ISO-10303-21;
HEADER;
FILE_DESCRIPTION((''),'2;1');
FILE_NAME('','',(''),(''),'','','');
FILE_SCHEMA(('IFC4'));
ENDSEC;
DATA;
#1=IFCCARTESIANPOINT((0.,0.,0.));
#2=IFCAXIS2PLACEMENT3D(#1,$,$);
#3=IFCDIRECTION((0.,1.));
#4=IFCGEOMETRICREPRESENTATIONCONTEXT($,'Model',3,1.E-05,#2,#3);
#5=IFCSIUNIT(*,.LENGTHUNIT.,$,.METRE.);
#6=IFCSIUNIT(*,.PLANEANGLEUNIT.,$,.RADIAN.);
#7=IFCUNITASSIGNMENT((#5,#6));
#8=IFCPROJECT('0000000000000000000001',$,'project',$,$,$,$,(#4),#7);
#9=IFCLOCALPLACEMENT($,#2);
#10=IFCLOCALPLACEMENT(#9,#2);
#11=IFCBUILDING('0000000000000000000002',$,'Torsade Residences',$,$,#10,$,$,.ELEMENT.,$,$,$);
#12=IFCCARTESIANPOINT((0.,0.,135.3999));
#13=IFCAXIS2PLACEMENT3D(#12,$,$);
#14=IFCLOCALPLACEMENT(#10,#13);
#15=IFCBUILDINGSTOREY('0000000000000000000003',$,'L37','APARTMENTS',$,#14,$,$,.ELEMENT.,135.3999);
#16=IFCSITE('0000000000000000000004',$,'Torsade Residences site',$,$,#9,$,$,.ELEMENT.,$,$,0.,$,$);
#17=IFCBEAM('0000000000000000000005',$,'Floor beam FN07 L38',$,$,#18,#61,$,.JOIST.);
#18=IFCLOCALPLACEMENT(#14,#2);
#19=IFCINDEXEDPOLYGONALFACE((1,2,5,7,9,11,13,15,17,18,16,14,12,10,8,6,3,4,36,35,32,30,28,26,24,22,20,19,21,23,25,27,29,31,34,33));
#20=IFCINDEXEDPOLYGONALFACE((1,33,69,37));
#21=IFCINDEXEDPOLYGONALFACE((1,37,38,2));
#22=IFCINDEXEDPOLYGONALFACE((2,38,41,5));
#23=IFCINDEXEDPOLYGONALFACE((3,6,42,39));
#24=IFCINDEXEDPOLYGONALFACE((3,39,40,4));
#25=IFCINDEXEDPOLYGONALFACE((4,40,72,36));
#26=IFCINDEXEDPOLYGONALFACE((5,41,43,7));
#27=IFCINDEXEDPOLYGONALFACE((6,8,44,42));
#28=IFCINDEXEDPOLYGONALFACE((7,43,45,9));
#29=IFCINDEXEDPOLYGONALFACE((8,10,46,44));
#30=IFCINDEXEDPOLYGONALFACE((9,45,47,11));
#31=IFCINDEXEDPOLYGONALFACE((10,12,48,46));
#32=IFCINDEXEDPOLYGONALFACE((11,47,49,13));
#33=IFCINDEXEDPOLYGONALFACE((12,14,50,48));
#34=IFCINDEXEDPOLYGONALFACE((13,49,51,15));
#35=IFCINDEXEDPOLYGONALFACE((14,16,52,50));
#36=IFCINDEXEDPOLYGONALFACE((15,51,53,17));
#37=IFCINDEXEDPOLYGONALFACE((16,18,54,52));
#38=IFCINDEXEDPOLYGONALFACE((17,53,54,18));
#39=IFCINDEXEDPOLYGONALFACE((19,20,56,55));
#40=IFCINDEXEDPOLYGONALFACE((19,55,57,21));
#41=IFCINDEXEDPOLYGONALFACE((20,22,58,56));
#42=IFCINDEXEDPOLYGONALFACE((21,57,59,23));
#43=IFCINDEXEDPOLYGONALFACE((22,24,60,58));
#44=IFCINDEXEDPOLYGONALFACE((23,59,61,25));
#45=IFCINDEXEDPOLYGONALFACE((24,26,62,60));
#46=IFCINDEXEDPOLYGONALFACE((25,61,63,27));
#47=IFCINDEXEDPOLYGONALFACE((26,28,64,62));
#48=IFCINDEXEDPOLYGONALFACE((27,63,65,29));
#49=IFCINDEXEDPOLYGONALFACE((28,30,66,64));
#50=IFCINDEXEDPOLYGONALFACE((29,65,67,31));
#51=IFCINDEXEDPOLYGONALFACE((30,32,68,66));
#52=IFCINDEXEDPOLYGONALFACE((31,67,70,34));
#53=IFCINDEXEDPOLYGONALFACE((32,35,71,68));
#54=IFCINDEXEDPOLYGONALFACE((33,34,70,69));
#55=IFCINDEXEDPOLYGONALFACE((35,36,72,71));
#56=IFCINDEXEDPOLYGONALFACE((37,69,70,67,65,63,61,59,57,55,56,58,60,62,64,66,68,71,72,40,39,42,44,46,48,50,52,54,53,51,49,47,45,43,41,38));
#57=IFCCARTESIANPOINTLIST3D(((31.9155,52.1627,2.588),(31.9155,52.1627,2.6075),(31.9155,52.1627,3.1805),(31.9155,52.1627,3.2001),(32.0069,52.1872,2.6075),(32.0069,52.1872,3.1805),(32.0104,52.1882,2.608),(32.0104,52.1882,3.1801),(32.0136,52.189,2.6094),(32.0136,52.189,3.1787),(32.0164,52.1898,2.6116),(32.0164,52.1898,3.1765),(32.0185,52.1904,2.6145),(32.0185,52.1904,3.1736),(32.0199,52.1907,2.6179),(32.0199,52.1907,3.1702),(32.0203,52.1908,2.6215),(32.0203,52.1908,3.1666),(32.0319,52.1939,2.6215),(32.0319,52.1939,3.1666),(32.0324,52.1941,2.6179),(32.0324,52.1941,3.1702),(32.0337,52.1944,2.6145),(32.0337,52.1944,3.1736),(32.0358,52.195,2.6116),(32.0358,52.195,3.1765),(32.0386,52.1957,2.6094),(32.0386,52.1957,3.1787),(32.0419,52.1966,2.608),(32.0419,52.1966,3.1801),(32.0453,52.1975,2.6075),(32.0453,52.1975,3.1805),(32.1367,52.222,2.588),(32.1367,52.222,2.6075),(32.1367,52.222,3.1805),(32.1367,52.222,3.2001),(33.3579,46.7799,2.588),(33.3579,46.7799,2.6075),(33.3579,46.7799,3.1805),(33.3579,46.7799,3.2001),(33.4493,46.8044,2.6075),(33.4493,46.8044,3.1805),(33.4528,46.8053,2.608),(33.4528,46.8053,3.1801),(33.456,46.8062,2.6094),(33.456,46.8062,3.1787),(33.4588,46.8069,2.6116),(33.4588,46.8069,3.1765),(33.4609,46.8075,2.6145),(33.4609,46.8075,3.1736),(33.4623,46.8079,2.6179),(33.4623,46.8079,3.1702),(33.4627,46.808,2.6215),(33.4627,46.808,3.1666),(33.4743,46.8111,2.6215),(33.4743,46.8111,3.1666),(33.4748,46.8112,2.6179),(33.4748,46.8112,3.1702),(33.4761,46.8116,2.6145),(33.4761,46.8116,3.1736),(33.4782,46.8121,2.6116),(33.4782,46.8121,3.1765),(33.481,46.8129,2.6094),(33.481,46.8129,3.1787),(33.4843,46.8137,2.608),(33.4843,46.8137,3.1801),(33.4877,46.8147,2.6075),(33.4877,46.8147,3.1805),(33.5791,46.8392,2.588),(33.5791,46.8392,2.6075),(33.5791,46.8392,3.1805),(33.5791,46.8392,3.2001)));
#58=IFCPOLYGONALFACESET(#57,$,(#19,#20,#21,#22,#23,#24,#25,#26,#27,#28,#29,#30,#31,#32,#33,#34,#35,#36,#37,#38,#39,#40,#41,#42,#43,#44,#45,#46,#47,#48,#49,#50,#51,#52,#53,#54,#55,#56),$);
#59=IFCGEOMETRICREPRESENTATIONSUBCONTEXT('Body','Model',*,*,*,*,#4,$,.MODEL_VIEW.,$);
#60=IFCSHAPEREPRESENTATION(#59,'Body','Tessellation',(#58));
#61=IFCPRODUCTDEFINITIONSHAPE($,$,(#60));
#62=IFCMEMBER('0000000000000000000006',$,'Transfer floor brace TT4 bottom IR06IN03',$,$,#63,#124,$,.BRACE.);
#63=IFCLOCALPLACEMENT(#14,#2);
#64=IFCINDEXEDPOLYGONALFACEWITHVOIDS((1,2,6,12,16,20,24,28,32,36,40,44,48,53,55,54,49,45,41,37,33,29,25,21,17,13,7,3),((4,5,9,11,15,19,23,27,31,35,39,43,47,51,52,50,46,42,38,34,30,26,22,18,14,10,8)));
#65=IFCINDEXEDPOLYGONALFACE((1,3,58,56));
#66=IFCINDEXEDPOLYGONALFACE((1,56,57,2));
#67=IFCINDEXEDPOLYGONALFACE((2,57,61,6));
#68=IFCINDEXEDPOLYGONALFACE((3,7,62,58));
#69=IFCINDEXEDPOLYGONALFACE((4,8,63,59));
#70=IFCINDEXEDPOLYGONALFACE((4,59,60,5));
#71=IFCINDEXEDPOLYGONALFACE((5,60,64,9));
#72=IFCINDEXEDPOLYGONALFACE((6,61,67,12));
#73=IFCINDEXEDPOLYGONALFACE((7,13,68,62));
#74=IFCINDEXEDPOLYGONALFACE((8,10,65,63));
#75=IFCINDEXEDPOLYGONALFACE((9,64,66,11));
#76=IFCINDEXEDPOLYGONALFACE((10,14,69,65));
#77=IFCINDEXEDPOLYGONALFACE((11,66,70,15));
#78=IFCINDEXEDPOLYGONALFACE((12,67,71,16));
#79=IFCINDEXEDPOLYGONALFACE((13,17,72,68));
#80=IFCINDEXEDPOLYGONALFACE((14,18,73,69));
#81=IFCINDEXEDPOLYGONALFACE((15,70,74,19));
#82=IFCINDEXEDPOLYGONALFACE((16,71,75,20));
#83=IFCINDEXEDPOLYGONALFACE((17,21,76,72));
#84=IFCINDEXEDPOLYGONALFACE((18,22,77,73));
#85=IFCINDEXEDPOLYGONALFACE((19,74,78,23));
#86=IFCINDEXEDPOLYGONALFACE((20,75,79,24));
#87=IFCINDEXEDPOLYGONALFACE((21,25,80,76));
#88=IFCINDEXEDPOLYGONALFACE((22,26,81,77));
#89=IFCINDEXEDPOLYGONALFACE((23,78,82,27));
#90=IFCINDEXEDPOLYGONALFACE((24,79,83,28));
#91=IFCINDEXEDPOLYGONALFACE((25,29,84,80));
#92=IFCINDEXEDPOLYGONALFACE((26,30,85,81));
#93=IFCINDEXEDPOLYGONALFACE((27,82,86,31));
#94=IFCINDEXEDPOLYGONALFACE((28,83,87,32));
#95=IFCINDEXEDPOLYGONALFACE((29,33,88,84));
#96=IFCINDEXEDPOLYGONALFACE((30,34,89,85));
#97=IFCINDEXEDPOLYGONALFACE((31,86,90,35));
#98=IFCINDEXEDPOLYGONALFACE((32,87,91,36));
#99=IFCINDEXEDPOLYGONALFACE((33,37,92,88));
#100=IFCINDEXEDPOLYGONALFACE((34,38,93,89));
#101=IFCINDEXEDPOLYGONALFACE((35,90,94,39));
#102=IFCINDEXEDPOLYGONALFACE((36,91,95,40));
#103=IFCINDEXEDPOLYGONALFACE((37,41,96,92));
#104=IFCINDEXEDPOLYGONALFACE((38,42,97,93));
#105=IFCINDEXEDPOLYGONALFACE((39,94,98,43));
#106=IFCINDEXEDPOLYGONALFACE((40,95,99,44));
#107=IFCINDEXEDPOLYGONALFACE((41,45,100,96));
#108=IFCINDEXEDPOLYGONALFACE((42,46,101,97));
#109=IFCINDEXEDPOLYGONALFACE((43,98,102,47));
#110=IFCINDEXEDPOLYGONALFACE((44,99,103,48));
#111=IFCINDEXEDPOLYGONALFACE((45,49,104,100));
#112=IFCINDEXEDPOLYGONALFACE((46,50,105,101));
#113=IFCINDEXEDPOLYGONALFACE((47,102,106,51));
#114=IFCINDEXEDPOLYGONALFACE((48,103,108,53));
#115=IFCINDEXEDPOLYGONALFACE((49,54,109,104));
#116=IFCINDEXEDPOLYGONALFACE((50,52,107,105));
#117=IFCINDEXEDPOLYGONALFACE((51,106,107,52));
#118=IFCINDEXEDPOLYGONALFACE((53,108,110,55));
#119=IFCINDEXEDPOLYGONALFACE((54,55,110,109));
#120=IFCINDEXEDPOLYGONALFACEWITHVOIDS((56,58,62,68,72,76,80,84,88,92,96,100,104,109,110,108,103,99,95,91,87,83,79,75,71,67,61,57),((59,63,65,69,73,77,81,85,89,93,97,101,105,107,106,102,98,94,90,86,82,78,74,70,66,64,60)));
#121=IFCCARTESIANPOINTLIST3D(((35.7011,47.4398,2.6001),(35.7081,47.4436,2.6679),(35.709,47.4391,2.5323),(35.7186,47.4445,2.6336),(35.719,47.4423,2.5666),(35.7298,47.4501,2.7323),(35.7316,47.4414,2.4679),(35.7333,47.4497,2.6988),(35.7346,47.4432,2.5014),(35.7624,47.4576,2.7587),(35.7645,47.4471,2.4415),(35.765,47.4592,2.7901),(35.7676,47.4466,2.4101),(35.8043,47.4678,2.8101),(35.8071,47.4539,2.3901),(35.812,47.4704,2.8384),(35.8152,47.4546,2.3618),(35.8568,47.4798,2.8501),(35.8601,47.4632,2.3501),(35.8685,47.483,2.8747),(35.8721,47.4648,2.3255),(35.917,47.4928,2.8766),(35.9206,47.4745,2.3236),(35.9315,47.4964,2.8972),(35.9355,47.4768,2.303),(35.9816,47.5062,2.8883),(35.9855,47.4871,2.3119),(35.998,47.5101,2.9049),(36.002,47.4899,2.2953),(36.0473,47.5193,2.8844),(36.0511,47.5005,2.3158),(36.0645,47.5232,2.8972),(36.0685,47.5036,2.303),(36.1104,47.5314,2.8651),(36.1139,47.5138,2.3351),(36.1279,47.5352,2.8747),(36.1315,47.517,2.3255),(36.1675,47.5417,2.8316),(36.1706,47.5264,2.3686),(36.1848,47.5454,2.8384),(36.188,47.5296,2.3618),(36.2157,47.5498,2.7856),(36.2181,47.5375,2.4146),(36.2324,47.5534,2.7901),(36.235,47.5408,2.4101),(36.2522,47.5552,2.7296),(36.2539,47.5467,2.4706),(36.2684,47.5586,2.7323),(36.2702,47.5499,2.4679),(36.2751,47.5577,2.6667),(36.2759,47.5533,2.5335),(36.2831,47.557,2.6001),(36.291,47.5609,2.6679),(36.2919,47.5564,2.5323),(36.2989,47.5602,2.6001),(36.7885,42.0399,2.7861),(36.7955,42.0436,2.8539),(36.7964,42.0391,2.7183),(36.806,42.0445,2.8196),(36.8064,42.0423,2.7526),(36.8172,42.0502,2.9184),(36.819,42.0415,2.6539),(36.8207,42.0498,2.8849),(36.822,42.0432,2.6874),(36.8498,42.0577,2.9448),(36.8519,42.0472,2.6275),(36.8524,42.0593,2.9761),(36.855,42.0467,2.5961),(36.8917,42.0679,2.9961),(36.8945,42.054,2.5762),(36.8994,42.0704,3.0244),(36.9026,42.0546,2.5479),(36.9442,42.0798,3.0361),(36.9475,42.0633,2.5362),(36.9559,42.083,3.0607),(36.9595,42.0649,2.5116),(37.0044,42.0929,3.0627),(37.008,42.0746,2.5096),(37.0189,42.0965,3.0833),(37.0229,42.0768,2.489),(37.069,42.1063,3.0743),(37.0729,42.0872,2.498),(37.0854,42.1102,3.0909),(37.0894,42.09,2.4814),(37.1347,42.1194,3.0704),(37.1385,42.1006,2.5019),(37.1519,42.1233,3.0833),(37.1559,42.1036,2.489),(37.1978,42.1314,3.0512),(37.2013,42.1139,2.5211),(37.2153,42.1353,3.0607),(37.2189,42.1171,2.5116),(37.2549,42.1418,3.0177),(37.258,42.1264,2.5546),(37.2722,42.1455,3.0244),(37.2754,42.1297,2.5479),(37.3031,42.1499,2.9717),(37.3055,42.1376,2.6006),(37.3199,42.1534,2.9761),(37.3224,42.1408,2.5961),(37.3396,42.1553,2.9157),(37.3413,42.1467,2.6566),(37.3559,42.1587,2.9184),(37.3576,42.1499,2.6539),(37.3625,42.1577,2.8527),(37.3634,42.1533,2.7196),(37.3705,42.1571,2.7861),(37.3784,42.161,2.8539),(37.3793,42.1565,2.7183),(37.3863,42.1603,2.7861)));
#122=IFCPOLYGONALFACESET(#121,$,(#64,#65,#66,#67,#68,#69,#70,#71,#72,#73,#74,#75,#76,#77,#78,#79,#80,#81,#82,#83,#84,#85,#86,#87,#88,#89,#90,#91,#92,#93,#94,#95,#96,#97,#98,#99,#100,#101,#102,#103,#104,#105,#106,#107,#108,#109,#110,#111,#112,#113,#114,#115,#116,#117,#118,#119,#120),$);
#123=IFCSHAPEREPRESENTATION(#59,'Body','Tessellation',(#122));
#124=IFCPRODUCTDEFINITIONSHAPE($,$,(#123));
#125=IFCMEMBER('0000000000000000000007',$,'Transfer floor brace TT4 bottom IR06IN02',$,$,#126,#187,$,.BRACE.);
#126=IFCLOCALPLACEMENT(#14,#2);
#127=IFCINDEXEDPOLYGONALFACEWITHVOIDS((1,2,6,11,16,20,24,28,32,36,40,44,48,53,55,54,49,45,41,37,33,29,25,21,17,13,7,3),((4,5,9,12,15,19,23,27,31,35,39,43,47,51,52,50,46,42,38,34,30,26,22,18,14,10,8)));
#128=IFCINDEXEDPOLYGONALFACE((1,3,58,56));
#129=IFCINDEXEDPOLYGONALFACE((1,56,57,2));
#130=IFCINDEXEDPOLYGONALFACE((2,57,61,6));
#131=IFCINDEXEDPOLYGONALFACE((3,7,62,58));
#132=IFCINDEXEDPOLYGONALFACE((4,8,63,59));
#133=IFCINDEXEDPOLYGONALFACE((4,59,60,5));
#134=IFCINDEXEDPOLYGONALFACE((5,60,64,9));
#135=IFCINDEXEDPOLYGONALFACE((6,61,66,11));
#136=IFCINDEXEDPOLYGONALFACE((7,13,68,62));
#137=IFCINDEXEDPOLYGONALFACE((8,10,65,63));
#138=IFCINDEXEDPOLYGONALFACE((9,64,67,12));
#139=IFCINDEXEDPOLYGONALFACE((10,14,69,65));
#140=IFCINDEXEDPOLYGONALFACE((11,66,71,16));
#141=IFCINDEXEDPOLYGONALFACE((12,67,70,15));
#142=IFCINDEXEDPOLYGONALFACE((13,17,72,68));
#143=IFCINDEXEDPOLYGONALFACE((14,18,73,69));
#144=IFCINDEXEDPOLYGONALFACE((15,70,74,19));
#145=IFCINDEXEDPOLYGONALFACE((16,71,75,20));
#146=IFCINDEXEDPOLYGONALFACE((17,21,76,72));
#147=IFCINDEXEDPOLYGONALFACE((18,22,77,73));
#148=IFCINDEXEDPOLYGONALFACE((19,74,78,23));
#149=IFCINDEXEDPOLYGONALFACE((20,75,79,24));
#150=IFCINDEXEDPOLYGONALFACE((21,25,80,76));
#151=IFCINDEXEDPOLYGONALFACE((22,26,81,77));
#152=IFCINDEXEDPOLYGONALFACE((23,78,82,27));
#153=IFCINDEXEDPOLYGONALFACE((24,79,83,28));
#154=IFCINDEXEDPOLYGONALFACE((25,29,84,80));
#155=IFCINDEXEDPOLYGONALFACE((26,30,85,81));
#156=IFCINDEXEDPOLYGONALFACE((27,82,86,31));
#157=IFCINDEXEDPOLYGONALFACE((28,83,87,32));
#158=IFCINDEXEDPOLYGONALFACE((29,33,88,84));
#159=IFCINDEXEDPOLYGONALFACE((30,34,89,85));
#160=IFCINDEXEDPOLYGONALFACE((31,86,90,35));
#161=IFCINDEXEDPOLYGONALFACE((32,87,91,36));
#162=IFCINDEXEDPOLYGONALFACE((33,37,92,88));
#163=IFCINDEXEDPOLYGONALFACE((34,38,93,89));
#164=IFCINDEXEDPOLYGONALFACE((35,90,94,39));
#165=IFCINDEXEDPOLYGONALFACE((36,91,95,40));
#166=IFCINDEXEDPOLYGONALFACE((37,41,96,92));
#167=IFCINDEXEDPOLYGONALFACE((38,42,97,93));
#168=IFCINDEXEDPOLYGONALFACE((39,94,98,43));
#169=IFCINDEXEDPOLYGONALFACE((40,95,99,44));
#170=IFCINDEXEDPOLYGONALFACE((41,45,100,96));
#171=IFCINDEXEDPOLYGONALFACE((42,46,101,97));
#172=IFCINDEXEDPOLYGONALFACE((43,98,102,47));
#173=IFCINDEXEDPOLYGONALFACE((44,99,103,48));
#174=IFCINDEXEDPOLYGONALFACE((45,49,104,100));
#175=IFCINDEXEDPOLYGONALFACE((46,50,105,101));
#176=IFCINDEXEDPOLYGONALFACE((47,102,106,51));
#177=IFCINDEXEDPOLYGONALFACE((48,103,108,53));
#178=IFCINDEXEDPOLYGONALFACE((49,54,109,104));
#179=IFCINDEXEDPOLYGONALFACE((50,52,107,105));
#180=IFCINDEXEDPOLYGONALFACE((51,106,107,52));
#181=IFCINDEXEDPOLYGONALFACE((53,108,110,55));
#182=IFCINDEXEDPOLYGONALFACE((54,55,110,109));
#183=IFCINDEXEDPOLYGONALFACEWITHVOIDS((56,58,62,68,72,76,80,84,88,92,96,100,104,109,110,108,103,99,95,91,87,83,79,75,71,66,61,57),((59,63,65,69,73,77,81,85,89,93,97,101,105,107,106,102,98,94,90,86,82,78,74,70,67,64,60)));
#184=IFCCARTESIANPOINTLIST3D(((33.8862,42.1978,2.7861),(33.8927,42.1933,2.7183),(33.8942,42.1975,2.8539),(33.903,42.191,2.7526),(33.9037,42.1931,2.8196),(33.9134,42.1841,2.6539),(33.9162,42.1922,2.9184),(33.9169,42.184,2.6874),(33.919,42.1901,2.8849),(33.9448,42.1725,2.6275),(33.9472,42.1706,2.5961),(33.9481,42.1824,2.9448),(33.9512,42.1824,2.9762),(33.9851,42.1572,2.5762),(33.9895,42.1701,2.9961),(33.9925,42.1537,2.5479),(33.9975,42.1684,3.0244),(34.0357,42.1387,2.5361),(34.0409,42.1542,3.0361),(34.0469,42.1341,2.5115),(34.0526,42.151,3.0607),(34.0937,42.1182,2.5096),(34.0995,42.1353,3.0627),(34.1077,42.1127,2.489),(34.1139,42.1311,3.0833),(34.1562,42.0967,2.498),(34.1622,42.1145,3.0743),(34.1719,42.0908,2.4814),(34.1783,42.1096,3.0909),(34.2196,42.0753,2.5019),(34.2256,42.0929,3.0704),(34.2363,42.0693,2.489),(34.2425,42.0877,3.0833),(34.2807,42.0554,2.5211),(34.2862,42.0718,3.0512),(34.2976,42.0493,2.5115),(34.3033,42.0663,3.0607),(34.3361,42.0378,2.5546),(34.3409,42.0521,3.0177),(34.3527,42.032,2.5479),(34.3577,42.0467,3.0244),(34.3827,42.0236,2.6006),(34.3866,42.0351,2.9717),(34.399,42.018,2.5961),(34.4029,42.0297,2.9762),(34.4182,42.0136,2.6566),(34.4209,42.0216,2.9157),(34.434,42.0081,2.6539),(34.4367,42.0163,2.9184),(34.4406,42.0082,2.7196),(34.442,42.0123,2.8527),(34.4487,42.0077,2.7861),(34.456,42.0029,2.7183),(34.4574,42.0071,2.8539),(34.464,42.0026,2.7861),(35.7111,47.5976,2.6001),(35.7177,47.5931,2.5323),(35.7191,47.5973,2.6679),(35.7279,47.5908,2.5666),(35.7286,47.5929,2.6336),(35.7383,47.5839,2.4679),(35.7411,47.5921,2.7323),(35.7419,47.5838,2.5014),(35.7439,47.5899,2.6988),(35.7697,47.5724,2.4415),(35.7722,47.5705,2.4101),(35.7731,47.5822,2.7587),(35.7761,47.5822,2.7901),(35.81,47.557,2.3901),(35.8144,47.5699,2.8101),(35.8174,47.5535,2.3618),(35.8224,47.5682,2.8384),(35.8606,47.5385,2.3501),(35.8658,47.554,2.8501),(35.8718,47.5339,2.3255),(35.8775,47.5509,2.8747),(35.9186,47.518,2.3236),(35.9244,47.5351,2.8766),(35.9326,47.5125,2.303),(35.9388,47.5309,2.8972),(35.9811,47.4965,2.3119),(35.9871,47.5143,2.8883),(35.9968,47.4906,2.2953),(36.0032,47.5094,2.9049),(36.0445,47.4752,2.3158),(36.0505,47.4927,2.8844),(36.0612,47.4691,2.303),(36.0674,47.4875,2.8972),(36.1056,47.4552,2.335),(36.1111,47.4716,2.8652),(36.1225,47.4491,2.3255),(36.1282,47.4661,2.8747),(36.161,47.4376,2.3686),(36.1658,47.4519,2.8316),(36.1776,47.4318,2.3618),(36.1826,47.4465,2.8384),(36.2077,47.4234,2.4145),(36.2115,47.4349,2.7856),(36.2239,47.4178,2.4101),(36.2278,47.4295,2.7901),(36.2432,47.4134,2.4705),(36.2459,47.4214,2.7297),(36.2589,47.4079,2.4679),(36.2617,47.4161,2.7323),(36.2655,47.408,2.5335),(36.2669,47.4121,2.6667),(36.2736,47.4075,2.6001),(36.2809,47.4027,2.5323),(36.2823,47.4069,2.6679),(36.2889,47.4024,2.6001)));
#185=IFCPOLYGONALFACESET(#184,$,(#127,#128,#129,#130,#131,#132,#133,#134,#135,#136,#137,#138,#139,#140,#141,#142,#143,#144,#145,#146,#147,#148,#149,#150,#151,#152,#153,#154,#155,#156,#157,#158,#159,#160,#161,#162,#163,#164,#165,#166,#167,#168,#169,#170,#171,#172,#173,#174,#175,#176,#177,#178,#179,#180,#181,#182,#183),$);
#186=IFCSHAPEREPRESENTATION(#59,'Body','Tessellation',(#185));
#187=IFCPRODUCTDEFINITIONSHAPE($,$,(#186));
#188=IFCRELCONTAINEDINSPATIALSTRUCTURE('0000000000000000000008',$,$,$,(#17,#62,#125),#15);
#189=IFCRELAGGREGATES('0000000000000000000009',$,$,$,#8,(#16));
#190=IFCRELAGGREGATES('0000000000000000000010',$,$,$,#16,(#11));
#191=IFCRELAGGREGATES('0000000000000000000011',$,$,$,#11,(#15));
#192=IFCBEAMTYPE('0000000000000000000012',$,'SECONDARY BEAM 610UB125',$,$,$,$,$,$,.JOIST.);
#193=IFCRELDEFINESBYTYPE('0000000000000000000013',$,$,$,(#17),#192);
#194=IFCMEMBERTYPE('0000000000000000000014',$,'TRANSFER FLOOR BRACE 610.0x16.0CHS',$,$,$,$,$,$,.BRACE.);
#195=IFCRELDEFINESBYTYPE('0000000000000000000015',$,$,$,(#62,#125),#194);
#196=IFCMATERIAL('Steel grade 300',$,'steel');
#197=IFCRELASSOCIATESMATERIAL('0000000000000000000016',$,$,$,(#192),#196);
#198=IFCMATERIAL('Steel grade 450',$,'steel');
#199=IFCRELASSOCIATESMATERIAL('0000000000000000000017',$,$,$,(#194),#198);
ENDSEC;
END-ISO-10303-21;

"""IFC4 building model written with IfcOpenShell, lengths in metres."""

from ifc_helpers import new_model, si_unit, direction, frame, origin, origin_2d, place, context, subcontext, project, spatial, hollow_circle, i_section, extrude, material, material_profile, profile_set, type_object, element, save


model = new_model("IFC4")

# Units and contexts
model_context = context("Model", 3, precision=1e-05, world=origin(), true_north=direction((0.0, 1.0)))
body_context = subcontext(model_context, "Body", "Model", "MODEL_VIEW")
ifc_project = project(units=[si_unit("LENGTHUNIT", "METRE"), si_unit("PLANEANGLEUNIT", "RADIAN")], contexts=[model_context])

# Site, building, storey
site_placement = place(None, origin())
site = spatial("IfcSite", under=ifc_project, at=site_placement, Name="Torsade Residences site", CompositionType="ELEMENT", RefElevation=0.0)
building_placement = place(site_placement, origin())
building = spatial("IfcBuilding", under=site, at=building_placement, Name="Torsade Residences", CompositionType="ELEMENT")
storey_placement = place(building_placement, frame((0.0, 0.0, 135.3999)))
storey = spatial("IfcBuildingStorey", under=building, at=storey_placement, Name="L37", Description="APARTMENTS", CompositionType="ELEMENT", Elevation=135.3999)

# Beam
ifc_material_1 = material(Name="Steel grade 300", Category="steel")
ifc_material_profile_1 = material_profile(ifc_material_1, i_section(OverallWidth=0.229, OverallDepth=0.6121, WebThickness=0.012, FlangeThickness=0.0195, FilletRadius=0.0139, at=origin_2d()), Name="610UB125")
ifc_profile_set_1 = profile_set([ifc_material_profile_1], Name="Steel grade 300")
beam_type_1 = type_object("IfcBeamType", Name="SECONDARY BEAM 610UB125", PredefinedType="JOIST", material=ifc_profile_set_1)
beam_1_placement = place(storey_placement, frame((32.0261, 52.1924, 2.894), z_axis=(0.25883, -0.965923, 0.0), x_axis=(0.965923, 0.25883, 0.0)))
element("IfcBeam", 1, at=beam_1_placement, inside=storey, type_object=beam_type_1, Name="Floor beam FN07 L38", PredefinedType="JOIST", context=body_context, shape_type="SweptSolid", body=[
    extrude(i_section(OverallWidth=0.229, OverallDepth=0.6121, WebThickness=0.012, FlangeThickness=0.0195, FilletRadius=0.0139, at=origin_2d()), origin(), (0.0, 0.0, 1.0), 5.5728),
])

# Members
ifc_material_2 = material(Name="Steel grade 450", Category="steel")
ifc_material_profile_2 = material_profile(ifc_material_2, hollow_circle(Radius=0.3049, WallThickness=0.0161, at=origin_2d()), Name="610.0x16.0CHS")
ifc_profile_set_2 = profile_set([ifc_material_profile_2], Name="Steel grade 450")
member_type_1 = type_object("IfcMemberType", Name="TRANSFER FLOOR BRACE 610.0x16.0CHS", PredefinedType="BRACE", material=ifc_profile_set_2)
member_1_placement = place(storey_placement, frame((36.0, 47.5, 2.6001), z_axis=(0.197299, -0.979762, 0.033754), x_axis=(0.980321, 0.197412, 0.0)))
element("IfcMember", 2, at=member_1_placement, inside=storey, type_object=member_type_1, Name="Transfer floor brace TT4 bottom IR06IN03", PredefinedType="BRACE", context=body_context, shape_type="SweptSolid", body=[
    extrude(hollow_circle(Radius=0.3049, WallThickness=0.0161, at=origin_2d()), origin(), (0.0, 0.0, 1.0), 5.5115),
])
member_2_placement = place(storey_placement, frame((36.0, 47.5, 2.6001), z_axis=(-0.319999, -0.946856, 0.032621), x_axis=(0.94736, -0.32017, 0.0)))
element("IfcMember", 3, at=member_2_placement, inside=storey, type_object=member_type_1, Name="Transfer floor brace TT4 bottom IR06IN02", PredefinedType="BRACE", context=body_context, shape_type="SweptSolid", body=[
    extrude(hollow_circle(Radius=0.3049, WallThickness=0.0161, at=origin_2d()), origin(), (0.0, 0.0, 1.0), 5.7029),
])

save(model, "model.ifc")
